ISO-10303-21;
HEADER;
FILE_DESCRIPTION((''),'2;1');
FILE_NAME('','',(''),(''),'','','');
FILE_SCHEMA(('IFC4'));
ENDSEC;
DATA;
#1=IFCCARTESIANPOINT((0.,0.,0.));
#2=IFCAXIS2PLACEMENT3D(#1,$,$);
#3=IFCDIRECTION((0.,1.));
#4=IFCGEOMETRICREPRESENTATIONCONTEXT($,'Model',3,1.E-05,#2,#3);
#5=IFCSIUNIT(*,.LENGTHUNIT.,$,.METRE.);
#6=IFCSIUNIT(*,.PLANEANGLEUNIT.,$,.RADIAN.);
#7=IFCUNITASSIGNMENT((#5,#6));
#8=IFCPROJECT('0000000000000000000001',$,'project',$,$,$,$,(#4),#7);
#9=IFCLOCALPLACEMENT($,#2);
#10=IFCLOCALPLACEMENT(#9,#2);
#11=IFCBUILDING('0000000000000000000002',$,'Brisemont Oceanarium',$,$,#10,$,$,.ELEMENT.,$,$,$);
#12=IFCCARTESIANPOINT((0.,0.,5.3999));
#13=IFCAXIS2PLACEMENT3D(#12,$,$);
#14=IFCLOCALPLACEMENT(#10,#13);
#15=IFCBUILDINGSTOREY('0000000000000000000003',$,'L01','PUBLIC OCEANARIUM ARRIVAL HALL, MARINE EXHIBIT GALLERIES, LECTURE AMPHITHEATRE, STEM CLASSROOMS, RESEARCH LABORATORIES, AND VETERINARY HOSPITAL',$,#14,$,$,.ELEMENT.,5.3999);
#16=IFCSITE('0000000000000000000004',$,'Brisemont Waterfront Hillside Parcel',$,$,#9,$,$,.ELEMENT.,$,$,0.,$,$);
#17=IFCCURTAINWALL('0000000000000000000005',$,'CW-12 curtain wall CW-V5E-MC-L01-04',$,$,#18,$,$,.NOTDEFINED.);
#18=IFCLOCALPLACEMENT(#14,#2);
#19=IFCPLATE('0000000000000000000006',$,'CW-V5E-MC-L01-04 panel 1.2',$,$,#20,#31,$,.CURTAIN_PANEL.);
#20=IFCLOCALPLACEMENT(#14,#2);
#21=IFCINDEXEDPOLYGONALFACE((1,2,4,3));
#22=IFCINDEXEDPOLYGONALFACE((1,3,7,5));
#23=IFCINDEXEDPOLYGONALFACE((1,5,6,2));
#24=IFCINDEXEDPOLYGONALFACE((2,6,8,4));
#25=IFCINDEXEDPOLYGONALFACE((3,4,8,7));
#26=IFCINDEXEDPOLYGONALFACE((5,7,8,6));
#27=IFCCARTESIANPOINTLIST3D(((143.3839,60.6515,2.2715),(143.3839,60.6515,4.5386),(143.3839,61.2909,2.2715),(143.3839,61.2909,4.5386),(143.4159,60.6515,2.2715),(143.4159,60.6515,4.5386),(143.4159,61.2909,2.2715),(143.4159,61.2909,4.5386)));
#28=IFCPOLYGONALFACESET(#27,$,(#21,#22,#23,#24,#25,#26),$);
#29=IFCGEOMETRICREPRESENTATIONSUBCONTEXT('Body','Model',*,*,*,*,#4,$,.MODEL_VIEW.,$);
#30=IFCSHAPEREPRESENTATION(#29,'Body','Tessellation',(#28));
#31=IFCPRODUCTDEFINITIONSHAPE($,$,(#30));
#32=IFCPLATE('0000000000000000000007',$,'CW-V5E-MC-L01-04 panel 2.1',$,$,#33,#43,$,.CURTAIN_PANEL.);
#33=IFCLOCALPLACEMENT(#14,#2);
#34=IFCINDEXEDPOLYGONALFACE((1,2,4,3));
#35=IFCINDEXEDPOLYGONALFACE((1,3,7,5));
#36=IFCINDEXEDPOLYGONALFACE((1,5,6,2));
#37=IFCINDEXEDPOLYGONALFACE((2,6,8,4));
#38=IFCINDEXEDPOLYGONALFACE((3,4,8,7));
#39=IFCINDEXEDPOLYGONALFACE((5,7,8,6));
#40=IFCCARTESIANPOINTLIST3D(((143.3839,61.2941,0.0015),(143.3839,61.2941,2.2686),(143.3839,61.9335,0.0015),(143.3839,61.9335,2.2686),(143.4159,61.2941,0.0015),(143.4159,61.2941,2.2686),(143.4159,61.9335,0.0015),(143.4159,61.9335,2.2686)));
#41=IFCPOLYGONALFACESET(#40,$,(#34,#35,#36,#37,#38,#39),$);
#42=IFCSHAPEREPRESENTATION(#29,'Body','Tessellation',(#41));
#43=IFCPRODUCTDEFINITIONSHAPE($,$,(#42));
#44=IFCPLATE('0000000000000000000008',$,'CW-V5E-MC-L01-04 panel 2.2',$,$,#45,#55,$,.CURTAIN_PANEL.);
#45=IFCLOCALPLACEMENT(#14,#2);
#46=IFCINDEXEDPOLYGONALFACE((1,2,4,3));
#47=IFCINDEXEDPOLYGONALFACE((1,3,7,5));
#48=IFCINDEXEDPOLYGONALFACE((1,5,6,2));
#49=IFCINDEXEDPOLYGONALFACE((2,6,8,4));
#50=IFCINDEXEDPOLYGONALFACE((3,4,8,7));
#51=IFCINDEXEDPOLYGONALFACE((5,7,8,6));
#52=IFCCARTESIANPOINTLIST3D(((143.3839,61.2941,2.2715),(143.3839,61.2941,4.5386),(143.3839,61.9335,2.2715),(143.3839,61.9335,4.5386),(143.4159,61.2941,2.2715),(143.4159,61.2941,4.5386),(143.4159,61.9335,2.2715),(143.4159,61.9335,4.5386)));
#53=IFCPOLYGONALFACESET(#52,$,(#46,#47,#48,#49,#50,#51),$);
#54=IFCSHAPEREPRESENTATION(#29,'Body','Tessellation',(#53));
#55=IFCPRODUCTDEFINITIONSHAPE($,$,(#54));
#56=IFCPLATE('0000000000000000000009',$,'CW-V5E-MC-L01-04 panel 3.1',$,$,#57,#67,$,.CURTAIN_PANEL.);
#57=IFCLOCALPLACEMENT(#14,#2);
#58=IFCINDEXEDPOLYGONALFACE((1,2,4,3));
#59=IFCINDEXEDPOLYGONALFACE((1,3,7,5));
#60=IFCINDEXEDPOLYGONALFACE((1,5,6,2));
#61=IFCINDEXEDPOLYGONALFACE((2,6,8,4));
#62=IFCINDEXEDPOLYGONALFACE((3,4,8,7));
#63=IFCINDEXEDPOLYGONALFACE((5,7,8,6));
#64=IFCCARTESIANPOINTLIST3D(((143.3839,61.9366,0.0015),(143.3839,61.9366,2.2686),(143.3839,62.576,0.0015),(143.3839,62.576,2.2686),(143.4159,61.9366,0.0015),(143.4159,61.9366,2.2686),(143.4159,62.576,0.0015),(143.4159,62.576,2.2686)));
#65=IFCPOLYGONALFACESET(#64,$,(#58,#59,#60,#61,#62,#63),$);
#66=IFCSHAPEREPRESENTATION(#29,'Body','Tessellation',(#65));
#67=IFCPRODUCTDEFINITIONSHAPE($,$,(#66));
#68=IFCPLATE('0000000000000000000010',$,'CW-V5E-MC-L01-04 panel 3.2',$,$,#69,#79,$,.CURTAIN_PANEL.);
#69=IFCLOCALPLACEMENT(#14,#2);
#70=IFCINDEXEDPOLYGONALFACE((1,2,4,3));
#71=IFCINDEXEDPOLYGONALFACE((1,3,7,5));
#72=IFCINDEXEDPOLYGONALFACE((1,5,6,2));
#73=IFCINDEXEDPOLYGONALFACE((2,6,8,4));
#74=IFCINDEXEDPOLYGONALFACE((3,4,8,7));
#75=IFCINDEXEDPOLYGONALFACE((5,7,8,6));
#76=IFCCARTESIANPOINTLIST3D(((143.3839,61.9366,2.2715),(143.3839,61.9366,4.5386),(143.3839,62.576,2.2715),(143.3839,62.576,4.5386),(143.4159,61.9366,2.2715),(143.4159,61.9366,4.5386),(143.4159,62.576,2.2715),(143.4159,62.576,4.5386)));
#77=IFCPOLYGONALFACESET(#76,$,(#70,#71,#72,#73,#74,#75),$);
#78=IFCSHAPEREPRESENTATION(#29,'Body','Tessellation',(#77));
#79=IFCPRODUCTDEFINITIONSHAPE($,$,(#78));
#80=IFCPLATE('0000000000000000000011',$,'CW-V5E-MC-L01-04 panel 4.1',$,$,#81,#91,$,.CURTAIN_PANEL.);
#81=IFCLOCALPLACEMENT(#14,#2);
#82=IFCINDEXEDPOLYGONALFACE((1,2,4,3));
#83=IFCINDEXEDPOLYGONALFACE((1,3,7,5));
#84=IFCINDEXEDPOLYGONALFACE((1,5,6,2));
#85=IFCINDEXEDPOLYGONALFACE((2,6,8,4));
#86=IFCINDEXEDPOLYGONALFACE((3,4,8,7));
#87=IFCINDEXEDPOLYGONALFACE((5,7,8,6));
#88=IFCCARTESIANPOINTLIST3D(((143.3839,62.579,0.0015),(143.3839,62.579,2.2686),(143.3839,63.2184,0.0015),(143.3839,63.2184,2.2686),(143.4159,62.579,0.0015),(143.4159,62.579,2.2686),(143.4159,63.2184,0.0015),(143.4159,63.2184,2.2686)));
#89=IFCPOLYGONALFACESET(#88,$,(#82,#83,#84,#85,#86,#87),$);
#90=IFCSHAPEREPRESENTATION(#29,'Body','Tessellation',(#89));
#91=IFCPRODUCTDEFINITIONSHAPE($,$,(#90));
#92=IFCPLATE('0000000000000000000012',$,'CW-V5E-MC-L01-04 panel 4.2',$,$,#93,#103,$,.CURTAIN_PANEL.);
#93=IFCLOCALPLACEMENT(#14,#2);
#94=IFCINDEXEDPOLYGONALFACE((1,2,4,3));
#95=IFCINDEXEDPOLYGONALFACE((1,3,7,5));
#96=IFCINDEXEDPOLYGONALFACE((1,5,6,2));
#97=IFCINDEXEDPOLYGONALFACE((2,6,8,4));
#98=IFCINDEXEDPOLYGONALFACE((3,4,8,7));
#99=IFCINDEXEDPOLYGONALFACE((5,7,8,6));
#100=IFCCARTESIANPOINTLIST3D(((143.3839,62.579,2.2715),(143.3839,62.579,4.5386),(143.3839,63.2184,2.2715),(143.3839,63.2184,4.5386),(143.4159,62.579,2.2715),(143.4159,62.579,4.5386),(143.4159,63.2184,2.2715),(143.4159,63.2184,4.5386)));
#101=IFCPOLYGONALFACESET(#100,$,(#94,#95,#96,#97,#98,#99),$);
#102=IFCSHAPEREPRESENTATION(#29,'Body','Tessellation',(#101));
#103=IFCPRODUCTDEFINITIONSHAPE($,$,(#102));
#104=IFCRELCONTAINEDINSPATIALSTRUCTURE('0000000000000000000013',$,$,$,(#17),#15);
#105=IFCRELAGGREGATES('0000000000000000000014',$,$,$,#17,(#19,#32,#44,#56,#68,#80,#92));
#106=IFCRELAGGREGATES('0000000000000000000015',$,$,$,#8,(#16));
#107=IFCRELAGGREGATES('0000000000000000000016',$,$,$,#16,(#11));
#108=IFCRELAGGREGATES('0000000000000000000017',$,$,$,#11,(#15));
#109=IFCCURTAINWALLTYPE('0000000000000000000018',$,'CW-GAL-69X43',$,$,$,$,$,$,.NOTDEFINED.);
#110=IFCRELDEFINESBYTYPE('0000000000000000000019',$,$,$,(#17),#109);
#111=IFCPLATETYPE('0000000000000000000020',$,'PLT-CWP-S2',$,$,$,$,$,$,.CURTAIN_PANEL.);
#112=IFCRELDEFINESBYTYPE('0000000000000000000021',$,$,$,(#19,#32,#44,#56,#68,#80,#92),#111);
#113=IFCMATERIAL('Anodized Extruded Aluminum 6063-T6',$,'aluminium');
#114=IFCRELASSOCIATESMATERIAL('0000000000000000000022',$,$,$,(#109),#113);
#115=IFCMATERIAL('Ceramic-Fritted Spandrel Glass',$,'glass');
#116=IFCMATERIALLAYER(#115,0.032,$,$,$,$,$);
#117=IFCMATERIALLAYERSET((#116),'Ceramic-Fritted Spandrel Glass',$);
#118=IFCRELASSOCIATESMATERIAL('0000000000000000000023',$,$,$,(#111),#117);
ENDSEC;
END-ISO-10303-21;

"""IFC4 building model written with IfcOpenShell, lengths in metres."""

from ifc_helpers import new_model, si_unit, direction, frame, origin, origin_2d, place, context, subcontext, project, spatial, rectangle, extrude, material, layer, layer_set, type_object, element, aggregate, save


model = new_model("IFC4")

# Units and contexts
model_context = context("Model", 3, precision=1e-05, world=origin(), true_north=direction((0.0, 1.0)))
body_context = subcontext(model_context, "Body", "Model", "MODEL_VIEW")
ifc_project = project(units=[si_unit("LENGTHUNIT", "METRE"), si_unit("PLANEANGLEUNIT", "RADIAN")], contexts=[model_context])

# Site, building, storey
site_placement = place(None, origin())
site = spatial("IfcSite", under=ifc_project, at=site_placement, Name="Brisemont Waterfront Hillside Parcel", CompositionType="ELEMENT", RefElevation=0.0)
building_placement = place(site_placement, origin())
building = spatial("IfcBuilding", under=site, at=building_placement, Name="Brisemont Oceanarium", CompositionType="ELEMENT")
storey_placement = place(building_placement, frame((0.0, 0.0, 5.3999)))
storey = spatial("IfcBuildingStorey", under=building, at=storey_placement, Name="L01", Description="PUBLIC OCEANARIUM ARRIVAL HALL, MARINE EXHIBIT GALLERIES, LECTURE AMPHITHEATRE, STEM CLASSROOMS, RESEARCH LABORATORIES, AND VETERINARY HOSPITAL", CompositionType="ELEMENT", Elevation=5.3999)

# Curtain wall
ifc_material_1 = material(Name="Anodized Extruded Aluminum 6063-T6", Category="aluminium")
curtain_wall_type = type_object("IfcCurtainWallType", Name="CW-GAL-69X43", PredefinedType="NOTDEFINED", material=ifc_material_1)
curtain_wall_1_placement = place(storey_placement, origin())
curtain_wall_1 = element("IfcCurtainWall", 1, at=curtain_wall_1_placement, inside=storey, type_object=curtain_wall_type, Name="CW-12 curtain wall CW-V5E-MC-L01-04", PredefinedType="NOTDEFINED")

# Plates
ifc_material_2 = material(Name="Ceramic-Fritted Spandrel Glass", Category="glass")
ifc_layer = layer(ifc_material_2, 0.032)
ifc_layer_set = layer_set([ifc_layer], Name="Ceramic-Fritted Spandrel Glass")
plate_type = type_object("IfcPlateType", Name="PLT-CWP-S2", PredefinedType="CURTAIN_PANEL", material=ifc_layer_set)
plate_1_placement = place(storey_placement, frame((143.3999, 60.9712, 2.2715), z_axis=(0.0, 0.0, 1.0), x_axis=(0.0, 1.0, 0.0)))
plate_1 = element("IfcPlate", 2, at=plate_1_placement, type_object=plate_type, Name="CW-V5E-MC-L01-04 panel 1.2", PredefinedType="CURTAIN_PANEL", context=body_context, shape_type="SweptSolid", body=[
    extrude(rectangle(XDim=0.6394, YDim=0.032, at=origin_2d()), origin(), (0.0, 0.0, 1.0), 2.2671),
])
plate_2_placement = place(storey_placement, frame((143.3999, 61.6138, 0.0015), z_axis=(0.0, 0.0, 1.0), x_axis=(0.0, 1.0, 0.0)))
plate_2 = element("IfcPlate", 3, at=plate_2_placement, type_object=plate_type, Name="CW-V5E-MC-L01-04 panel 2.1", PredefinedType="CURTAIN_PANEL", context=body_context, shape_type="SweptSolid", body=[
    extrude(rectangle(XDim=0.6394, YDim=0.032, at=origin_2d()), origin(), (0.0, 0.0, 1.0), 2.2671),
])
plate_3_placement = place(storey_placement, frame((143.3999, 61.6138, 2.2715), z_axis=(0.0, 0.0, 1.0), x_axis=(0.0, 1.0, 0.0)))
plate_3 = element("IfcPlate", 4, at=plate_3_placement, type_object=plate_type, Name="CW-V5E-MC-L01-04 panel 2.2", PredefinedType="CURTAIN_PANEL", context=body_context, shape_type="SweptSolid", body=[
    extrude(rectangle(XDim=0.6394, YDim=0.032, at=origin_2d()), origin(), (0.0, 0.0, 1.0), 2.2671),
])
plate_4_placement = place(storey_placement, frame((143.3999, 62.2563, 0.0015), z_axis=(0.0, 0.0, 1.0), x_axis=(0.0, 1.0, 0.0)))
plate_4 = element("IfcPlate", 5, at=plate_4_placement, type_object=plate_type, Name="CW-V5E-MC-L01-04 panel 3.1", PredefinedType="CURTAIN_PANEL", context=body_context, shape_type="SweptSolid", body=[
    extrude(rectangle(XDim=0.6394, YDim=0.032, at=origin_2d()), origin(), (0.0, 0.0, 1.0), 2.2671),
])
plate_5_placement = place(storey_placement, frame((143.3999, 62.2563, 2.2715), z_axis=(0.0, 0.0, 1.0), x_axis=(0.0, 1.0, 0.0)))
plate_5 = element("IfcPlate", 6, at=plate_5_placement, type_object=plate_type, Name="CW-V5E-MC-L01-04 panel 3.2", PredefinedType="CURTAIN_PANEL", context=body_context, shape_type="SweptSolid", body=[
    extrude(rectangle(XDim=0.6394, YDim=0.032, at=origin_2d()), origin(), (0.0, 0.0, 1.0), 2.2671),
])
plate_6_placement = place(storey_placement, frame((143.3999, 62.8987, 0.0015), z_axis=(0.0, 0.0, 1.0), x_axis=(0.0, 1.0, 0.0)))
plate_6 = element("IfcPlate", 7, at=plate_6_placement, type_object=plate_type, Name="CW-V5E-MC-L01-04 panel 4.1", PredefinedType="CURTAIN_PANEL", context=body_context, shape_type="SweptSolid", body=[
    extrude(rectangle(XDim=0.6394, YDim=0.032, at=origin_2d()), origin(), (0.0, 0.0, 1.0), 2.2671),
])
plate_7_placement = place(storey_placement, frame((143.3999, 62.8987, 2.2715), z_axis=(0.0, 0.0, 1.0), x_axis=(0.0, 1.0, 0.0)))
plate_7 = element("IfcPlate", 8, at=plate_7_placement, type_object=plate_type, Name="CW-V5E-MC-L01-04 panel 4.2", PredefinedType="CURTAIN_PANEL", context=body_context, shape_type="SweptSolid", body=[
    extrude(rectangle(XDim=0.6394, YDim=0.032, at=origin_2d()), origin(), (0.0, 0.0, 1.0), 2.2671),
])
aggregate(curtain_wall_1, [plate_1, plate_2, plate_3, plate_4, plate_5, plate_6, plate_7])

save(model, "model.ifc")
